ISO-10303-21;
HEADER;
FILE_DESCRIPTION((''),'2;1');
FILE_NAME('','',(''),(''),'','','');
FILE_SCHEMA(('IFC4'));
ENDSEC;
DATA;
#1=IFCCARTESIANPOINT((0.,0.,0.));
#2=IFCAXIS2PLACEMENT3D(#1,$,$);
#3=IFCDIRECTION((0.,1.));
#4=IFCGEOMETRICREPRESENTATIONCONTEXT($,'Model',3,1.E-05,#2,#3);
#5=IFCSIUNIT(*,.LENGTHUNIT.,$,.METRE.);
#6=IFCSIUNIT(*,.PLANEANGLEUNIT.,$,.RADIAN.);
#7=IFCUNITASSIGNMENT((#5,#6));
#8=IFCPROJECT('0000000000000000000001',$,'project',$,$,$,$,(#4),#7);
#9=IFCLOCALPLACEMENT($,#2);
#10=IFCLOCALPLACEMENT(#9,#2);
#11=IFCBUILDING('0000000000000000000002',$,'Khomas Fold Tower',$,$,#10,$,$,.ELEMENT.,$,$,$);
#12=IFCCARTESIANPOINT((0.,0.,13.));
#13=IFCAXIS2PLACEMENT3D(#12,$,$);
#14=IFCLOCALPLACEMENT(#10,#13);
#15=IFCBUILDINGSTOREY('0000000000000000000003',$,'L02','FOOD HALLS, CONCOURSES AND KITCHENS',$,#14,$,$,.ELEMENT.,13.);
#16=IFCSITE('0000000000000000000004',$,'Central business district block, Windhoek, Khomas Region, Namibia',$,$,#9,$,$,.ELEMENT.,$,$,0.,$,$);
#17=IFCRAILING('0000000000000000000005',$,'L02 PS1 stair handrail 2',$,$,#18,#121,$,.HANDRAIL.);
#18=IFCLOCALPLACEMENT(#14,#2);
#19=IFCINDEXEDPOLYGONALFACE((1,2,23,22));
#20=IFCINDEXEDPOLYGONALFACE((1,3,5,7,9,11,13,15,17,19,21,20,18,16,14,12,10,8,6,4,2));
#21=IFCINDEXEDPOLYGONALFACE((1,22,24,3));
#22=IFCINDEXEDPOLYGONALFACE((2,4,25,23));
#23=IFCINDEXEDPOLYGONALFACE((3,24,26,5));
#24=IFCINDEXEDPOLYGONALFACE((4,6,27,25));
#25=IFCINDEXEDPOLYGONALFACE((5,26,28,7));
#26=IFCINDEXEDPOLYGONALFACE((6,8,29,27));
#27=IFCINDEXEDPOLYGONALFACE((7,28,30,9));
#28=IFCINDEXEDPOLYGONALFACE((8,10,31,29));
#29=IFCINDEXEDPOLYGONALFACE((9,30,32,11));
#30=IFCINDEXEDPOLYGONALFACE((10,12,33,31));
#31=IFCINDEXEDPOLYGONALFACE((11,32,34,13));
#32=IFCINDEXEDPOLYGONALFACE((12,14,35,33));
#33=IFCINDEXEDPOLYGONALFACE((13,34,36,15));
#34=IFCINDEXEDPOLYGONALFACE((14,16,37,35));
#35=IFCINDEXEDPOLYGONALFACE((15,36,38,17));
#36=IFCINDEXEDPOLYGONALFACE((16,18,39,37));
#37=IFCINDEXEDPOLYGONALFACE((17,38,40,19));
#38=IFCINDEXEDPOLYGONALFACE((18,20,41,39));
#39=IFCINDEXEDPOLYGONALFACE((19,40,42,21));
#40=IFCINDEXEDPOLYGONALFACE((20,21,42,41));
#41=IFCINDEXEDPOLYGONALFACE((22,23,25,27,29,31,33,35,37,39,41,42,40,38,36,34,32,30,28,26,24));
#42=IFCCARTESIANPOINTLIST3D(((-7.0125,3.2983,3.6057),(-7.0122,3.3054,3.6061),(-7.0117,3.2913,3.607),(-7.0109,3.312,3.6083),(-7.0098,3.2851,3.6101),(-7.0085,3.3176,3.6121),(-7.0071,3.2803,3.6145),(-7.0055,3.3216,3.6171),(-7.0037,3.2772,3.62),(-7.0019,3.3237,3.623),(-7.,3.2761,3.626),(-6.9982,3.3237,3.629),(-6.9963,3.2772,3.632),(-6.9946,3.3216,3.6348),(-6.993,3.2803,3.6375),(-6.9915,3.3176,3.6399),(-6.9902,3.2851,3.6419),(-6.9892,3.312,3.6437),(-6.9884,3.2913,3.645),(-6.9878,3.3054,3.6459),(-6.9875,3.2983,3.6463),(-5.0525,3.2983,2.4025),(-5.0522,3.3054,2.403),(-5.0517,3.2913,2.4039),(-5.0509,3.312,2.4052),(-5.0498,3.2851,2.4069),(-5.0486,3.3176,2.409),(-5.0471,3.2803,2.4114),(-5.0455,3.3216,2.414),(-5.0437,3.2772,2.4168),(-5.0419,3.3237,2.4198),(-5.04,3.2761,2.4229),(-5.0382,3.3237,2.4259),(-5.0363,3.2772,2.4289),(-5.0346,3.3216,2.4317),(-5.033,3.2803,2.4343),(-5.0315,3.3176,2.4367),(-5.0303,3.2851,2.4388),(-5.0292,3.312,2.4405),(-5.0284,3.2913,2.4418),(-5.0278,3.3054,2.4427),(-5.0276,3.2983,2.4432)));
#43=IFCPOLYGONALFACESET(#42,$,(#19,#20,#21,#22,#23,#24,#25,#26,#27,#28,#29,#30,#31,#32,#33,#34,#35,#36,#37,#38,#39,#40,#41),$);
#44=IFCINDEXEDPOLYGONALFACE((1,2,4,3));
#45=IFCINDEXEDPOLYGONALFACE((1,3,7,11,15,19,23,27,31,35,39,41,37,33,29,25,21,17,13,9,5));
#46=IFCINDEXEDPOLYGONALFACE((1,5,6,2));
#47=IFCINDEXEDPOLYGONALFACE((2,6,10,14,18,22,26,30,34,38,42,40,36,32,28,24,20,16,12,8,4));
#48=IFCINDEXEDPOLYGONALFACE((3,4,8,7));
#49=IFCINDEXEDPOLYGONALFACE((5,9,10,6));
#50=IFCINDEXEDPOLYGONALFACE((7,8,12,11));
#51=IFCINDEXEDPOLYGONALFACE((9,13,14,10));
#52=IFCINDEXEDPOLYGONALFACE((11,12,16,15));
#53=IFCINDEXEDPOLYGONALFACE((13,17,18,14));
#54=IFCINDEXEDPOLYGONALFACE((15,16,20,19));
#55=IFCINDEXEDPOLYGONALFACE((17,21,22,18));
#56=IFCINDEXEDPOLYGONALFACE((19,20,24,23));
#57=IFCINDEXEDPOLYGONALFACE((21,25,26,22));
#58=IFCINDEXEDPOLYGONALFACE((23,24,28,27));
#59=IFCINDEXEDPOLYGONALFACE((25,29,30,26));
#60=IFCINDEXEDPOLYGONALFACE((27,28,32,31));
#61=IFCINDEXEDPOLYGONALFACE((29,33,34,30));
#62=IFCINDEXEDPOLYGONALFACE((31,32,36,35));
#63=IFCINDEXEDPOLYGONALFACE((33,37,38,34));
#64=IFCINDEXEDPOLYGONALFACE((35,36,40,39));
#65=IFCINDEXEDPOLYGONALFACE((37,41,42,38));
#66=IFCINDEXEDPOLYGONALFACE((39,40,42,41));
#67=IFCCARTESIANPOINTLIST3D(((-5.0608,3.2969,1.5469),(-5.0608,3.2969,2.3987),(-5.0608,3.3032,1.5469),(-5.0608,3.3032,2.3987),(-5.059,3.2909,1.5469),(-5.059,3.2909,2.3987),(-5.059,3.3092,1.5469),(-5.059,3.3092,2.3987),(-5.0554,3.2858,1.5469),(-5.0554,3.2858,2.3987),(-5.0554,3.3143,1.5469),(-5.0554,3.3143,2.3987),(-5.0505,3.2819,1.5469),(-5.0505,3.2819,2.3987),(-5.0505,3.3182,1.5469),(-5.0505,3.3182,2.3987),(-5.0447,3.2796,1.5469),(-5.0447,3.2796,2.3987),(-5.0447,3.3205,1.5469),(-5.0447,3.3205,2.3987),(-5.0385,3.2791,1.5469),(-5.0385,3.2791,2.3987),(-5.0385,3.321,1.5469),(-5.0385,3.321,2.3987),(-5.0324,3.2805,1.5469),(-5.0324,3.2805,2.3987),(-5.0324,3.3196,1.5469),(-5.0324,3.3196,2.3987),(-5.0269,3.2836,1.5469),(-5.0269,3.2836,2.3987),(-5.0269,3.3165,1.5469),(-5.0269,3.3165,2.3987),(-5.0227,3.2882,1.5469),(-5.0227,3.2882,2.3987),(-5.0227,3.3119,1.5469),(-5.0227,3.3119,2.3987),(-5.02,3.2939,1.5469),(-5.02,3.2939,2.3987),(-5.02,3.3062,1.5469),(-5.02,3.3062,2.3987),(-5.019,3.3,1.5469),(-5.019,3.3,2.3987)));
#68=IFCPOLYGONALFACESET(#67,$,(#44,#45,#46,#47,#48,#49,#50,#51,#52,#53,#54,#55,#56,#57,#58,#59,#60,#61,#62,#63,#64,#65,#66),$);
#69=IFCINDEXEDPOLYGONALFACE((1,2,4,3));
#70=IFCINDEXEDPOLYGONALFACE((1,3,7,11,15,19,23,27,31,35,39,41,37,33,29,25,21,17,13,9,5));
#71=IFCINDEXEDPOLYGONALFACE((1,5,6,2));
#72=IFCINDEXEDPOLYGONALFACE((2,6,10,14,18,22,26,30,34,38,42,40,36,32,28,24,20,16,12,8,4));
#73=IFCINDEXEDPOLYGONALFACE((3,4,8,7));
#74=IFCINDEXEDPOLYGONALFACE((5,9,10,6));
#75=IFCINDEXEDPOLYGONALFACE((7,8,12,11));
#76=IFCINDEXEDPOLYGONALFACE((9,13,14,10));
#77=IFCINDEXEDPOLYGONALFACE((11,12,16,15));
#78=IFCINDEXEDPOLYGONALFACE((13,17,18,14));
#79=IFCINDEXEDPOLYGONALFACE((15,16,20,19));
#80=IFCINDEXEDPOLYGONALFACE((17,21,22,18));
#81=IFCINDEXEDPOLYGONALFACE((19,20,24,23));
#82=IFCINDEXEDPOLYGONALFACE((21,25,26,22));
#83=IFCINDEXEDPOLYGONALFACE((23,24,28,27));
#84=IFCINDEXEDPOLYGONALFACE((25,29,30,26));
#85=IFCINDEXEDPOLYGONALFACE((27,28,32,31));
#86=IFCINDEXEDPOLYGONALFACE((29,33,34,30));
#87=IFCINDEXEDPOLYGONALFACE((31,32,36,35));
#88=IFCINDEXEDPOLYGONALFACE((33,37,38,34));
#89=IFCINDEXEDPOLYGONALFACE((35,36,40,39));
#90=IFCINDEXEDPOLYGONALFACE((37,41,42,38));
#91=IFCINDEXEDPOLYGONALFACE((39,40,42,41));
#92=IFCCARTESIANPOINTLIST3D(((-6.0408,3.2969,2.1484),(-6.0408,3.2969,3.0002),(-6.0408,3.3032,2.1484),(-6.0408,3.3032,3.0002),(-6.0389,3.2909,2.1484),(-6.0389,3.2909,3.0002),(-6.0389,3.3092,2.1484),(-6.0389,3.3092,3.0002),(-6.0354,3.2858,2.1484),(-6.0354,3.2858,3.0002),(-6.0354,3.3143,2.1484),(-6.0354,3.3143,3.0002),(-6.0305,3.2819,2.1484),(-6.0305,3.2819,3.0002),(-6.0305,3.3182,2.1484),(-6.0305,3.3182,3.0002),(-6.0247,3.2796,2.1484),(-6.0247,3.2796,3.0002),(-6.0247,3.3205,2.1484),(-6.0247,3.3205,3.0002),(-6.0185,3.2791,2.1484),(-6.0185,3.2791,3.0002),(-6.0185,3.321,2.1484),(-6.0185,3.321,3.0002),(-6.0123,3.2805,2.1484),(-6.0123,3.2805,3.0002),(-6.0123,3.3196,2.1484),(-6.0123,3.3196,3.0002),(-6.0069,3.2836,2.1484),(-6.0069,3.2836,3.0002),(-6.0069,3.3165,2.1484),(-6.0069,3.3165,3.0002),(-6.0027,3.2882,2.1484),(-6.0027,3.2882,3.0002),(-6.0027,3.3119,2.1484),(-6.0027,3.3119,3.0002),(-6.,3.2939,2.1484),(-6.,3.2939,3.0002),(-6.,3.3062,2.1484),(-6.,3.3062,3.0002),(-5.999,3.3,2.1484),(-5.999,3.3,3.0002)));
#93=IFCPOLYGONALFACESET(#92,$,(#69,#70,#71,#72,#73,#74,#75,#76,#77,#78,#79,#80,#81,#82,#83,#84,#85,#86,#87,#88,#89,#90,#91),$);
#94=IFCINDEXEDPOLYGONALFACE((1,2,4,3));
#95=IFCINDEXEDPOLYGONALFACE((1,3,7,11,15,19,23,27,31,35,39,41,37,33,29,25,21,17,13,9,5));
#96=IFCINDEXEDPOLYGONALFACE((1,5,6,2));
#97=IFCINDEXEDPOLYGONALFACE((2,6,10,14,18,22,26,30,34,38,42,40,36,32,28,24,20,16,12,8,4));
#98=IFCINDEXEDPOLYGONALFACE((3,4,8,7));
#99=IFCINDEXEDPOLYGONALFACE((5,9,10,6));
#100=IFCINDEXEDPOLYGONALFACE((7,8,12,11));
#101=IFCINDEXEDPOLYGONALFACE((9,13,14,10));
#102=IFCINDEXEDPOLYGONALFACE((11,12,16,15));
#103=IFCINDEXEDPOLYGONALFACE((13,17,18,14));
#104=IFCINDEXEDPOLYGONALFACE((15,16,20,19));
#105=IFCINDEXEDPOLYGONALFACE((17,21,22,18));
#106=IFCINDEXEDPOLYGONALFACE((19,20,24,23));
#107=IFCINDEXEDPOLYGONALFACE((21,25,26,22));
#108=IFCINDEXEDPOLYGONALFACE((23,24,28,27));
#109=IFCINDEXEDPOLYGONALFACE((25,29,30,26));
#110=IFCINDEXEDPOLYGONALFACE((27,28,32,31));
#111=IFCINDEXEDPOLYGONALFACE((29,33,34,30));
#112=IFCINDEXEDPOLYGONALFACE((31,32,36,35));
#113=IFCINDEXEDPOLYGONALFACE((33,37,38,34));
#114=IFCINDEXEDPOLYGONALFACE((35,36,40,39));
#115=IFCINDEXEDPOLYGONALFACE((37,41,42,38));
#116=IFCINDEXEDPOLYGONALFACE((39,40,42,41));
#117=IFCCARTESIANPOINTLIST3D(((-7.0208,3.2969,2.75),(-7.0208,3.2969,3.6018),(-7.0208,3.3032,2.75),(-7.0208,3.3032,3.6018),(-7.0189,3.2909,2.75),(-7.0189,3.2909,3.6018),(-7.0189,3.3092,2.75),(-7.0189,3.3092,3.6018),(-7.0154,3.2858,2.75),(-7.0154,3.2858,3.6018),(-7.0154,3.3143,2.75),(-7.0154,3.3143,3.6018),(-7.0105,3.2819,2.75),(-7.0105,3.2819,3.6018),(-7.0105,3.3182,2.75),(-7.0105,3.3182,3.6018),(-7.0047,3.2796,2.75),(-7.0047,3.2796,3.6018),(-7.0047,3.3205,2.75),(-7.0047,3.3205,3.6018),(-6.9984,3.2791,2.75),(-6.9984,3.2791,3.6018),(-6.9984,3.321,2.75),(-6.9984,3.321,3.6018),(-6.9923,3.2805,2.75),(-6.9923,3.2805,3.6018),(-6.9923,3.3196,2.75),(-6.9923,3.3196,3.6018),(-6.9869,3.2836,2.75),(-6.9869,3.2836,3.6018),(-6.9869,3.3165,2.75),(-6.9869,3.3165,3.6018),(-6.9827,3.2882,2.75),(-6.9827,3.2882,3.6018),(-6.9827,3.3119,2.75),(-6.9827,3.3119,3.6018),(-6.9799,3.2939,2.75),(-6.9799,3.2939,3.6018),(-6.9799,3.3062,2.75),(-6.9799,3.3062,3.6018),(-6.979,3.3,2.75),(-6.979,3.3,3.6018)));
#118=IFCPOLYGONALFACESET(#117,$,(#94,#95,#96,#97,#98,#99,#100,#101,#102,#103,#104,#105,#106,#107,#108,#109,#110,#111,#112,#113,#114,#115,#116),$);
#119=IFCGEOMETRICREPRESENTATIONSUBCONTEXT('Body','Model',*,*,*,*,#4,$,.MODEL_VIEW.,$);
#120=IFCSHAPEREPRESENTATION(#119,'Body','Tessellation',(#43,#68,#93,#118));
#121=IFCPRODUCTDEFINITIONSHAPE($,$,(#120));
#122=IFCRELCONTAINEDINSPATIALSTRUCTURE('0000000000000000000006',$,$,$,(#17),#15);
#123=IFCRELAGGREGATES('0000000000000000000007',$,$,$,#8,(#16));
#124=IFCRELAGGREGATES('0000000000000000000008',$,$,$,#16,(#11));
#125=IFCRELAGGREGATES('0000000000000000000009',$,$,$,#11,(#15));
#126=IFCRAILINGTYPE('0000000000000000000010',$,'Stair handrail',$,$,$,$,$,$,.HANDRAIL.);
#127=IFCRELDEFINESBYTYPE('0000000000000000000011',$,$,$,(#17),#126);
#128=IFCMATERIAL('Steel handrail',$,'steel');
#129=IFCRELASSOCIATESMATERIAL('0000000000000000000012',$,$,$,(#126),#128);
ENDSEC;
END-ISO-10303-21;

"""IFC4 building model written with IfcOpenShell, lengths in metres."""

from ifc_helpers import new_model, si_unit, direction, frame, origin, origin_2d, place, context, subcontext, project, spatial, circle, extrude, source, transform, mapped, material, type_object, element, save


model = new_model("IFC4")

# Units and contexts
model_context = context("Model", 3, precision=1e-05, world=origin(), true_north=direction((0.0, 1.0)))
body_context = subcontext(model_context, "Body", "Model", "MODEL_VIEW")
ifc_project = project(units=[si_unit("LENGTHUNIT", "METRE"), si_unit("PLANEANGLEUNIT", "RADIAN")], contexts=[model_context])

# Site, building, storey
site_placement = place(None, origin())
site = spatial("IfcSite", under=ifc_project, at=site_placement, Name="Central business district block, Windhoek, Khomas Region, Namibia", CompositionType="ELEMENT", RefElevation=0.0)
building_placement = place(site_placement, origin())
building = spatial("IfcBuilding", under=site, at=building_placement, Name="Khomas Fold Tower", CompositionType="ELEMENT")
storey_placement = place(building_placement, frame((0.0, 0.0, 13.0)))
storey = spatial("IfcBuildingStorey", under=building, at=storey_placement, Name="L02", Description="FOOD HALLS, CONCOURSES AND KITCHENS", CompositionType="ELEMENT", Elevation=13.0)

# Railing
ifc_material_1 = material(Name="Steel handrail", Category="steel")
railing_type_1 = type_object("IfcRailingType", Name="Stair handrail", PredefinedType="HANDRAIL", material=ifc_material_1)
shared_shape_1 = source(origin(), body_context, "Body", "SweptSolid", [
    extrude(circle(Radius=0.0239, at=origin_2d()), frame((0.0, 0.0, 0.876), z_axis=(-0.852241, 0.0, 0.523149), x_axis=(0.0, -1.0, 0.0)), (0.0, 0.0, 1.0), 2.2998),
    extrude(circle(Radius=0.021, at=origin_2d()), origin(), (0.0, 0.0, 1.0), 0.8518),
    extrude(circle(Radius=0.021, at=origin_2d()), frame((-0.98, 0.0, 0.6016)), (0.0, 0.0, 1.0), 0.8518),
    extrude(circle(Radius=0.021, at=origin_2d()), frame((-1.96, 0.0, 1.2031)), (0.0, 0.0, 1.0), 0.8518),
])
for number, where, name in (
    (1, (-5.04, 3.3, 1.5469), "L02 PS1 stair handrail 2"),
):
    element("IfcRailing", number, at=place(storey_placement, frame(where)), inside=storey, type_object=railing_type_1, Name=name, PredefinedType="HANDRAIL", context=body_context, shape_type="MappedRepresentation", body=[
        mapped(shared_shape_1, transform((0.0, 0.0, 0.0))),
    ])

save(model, "model.ifc")
